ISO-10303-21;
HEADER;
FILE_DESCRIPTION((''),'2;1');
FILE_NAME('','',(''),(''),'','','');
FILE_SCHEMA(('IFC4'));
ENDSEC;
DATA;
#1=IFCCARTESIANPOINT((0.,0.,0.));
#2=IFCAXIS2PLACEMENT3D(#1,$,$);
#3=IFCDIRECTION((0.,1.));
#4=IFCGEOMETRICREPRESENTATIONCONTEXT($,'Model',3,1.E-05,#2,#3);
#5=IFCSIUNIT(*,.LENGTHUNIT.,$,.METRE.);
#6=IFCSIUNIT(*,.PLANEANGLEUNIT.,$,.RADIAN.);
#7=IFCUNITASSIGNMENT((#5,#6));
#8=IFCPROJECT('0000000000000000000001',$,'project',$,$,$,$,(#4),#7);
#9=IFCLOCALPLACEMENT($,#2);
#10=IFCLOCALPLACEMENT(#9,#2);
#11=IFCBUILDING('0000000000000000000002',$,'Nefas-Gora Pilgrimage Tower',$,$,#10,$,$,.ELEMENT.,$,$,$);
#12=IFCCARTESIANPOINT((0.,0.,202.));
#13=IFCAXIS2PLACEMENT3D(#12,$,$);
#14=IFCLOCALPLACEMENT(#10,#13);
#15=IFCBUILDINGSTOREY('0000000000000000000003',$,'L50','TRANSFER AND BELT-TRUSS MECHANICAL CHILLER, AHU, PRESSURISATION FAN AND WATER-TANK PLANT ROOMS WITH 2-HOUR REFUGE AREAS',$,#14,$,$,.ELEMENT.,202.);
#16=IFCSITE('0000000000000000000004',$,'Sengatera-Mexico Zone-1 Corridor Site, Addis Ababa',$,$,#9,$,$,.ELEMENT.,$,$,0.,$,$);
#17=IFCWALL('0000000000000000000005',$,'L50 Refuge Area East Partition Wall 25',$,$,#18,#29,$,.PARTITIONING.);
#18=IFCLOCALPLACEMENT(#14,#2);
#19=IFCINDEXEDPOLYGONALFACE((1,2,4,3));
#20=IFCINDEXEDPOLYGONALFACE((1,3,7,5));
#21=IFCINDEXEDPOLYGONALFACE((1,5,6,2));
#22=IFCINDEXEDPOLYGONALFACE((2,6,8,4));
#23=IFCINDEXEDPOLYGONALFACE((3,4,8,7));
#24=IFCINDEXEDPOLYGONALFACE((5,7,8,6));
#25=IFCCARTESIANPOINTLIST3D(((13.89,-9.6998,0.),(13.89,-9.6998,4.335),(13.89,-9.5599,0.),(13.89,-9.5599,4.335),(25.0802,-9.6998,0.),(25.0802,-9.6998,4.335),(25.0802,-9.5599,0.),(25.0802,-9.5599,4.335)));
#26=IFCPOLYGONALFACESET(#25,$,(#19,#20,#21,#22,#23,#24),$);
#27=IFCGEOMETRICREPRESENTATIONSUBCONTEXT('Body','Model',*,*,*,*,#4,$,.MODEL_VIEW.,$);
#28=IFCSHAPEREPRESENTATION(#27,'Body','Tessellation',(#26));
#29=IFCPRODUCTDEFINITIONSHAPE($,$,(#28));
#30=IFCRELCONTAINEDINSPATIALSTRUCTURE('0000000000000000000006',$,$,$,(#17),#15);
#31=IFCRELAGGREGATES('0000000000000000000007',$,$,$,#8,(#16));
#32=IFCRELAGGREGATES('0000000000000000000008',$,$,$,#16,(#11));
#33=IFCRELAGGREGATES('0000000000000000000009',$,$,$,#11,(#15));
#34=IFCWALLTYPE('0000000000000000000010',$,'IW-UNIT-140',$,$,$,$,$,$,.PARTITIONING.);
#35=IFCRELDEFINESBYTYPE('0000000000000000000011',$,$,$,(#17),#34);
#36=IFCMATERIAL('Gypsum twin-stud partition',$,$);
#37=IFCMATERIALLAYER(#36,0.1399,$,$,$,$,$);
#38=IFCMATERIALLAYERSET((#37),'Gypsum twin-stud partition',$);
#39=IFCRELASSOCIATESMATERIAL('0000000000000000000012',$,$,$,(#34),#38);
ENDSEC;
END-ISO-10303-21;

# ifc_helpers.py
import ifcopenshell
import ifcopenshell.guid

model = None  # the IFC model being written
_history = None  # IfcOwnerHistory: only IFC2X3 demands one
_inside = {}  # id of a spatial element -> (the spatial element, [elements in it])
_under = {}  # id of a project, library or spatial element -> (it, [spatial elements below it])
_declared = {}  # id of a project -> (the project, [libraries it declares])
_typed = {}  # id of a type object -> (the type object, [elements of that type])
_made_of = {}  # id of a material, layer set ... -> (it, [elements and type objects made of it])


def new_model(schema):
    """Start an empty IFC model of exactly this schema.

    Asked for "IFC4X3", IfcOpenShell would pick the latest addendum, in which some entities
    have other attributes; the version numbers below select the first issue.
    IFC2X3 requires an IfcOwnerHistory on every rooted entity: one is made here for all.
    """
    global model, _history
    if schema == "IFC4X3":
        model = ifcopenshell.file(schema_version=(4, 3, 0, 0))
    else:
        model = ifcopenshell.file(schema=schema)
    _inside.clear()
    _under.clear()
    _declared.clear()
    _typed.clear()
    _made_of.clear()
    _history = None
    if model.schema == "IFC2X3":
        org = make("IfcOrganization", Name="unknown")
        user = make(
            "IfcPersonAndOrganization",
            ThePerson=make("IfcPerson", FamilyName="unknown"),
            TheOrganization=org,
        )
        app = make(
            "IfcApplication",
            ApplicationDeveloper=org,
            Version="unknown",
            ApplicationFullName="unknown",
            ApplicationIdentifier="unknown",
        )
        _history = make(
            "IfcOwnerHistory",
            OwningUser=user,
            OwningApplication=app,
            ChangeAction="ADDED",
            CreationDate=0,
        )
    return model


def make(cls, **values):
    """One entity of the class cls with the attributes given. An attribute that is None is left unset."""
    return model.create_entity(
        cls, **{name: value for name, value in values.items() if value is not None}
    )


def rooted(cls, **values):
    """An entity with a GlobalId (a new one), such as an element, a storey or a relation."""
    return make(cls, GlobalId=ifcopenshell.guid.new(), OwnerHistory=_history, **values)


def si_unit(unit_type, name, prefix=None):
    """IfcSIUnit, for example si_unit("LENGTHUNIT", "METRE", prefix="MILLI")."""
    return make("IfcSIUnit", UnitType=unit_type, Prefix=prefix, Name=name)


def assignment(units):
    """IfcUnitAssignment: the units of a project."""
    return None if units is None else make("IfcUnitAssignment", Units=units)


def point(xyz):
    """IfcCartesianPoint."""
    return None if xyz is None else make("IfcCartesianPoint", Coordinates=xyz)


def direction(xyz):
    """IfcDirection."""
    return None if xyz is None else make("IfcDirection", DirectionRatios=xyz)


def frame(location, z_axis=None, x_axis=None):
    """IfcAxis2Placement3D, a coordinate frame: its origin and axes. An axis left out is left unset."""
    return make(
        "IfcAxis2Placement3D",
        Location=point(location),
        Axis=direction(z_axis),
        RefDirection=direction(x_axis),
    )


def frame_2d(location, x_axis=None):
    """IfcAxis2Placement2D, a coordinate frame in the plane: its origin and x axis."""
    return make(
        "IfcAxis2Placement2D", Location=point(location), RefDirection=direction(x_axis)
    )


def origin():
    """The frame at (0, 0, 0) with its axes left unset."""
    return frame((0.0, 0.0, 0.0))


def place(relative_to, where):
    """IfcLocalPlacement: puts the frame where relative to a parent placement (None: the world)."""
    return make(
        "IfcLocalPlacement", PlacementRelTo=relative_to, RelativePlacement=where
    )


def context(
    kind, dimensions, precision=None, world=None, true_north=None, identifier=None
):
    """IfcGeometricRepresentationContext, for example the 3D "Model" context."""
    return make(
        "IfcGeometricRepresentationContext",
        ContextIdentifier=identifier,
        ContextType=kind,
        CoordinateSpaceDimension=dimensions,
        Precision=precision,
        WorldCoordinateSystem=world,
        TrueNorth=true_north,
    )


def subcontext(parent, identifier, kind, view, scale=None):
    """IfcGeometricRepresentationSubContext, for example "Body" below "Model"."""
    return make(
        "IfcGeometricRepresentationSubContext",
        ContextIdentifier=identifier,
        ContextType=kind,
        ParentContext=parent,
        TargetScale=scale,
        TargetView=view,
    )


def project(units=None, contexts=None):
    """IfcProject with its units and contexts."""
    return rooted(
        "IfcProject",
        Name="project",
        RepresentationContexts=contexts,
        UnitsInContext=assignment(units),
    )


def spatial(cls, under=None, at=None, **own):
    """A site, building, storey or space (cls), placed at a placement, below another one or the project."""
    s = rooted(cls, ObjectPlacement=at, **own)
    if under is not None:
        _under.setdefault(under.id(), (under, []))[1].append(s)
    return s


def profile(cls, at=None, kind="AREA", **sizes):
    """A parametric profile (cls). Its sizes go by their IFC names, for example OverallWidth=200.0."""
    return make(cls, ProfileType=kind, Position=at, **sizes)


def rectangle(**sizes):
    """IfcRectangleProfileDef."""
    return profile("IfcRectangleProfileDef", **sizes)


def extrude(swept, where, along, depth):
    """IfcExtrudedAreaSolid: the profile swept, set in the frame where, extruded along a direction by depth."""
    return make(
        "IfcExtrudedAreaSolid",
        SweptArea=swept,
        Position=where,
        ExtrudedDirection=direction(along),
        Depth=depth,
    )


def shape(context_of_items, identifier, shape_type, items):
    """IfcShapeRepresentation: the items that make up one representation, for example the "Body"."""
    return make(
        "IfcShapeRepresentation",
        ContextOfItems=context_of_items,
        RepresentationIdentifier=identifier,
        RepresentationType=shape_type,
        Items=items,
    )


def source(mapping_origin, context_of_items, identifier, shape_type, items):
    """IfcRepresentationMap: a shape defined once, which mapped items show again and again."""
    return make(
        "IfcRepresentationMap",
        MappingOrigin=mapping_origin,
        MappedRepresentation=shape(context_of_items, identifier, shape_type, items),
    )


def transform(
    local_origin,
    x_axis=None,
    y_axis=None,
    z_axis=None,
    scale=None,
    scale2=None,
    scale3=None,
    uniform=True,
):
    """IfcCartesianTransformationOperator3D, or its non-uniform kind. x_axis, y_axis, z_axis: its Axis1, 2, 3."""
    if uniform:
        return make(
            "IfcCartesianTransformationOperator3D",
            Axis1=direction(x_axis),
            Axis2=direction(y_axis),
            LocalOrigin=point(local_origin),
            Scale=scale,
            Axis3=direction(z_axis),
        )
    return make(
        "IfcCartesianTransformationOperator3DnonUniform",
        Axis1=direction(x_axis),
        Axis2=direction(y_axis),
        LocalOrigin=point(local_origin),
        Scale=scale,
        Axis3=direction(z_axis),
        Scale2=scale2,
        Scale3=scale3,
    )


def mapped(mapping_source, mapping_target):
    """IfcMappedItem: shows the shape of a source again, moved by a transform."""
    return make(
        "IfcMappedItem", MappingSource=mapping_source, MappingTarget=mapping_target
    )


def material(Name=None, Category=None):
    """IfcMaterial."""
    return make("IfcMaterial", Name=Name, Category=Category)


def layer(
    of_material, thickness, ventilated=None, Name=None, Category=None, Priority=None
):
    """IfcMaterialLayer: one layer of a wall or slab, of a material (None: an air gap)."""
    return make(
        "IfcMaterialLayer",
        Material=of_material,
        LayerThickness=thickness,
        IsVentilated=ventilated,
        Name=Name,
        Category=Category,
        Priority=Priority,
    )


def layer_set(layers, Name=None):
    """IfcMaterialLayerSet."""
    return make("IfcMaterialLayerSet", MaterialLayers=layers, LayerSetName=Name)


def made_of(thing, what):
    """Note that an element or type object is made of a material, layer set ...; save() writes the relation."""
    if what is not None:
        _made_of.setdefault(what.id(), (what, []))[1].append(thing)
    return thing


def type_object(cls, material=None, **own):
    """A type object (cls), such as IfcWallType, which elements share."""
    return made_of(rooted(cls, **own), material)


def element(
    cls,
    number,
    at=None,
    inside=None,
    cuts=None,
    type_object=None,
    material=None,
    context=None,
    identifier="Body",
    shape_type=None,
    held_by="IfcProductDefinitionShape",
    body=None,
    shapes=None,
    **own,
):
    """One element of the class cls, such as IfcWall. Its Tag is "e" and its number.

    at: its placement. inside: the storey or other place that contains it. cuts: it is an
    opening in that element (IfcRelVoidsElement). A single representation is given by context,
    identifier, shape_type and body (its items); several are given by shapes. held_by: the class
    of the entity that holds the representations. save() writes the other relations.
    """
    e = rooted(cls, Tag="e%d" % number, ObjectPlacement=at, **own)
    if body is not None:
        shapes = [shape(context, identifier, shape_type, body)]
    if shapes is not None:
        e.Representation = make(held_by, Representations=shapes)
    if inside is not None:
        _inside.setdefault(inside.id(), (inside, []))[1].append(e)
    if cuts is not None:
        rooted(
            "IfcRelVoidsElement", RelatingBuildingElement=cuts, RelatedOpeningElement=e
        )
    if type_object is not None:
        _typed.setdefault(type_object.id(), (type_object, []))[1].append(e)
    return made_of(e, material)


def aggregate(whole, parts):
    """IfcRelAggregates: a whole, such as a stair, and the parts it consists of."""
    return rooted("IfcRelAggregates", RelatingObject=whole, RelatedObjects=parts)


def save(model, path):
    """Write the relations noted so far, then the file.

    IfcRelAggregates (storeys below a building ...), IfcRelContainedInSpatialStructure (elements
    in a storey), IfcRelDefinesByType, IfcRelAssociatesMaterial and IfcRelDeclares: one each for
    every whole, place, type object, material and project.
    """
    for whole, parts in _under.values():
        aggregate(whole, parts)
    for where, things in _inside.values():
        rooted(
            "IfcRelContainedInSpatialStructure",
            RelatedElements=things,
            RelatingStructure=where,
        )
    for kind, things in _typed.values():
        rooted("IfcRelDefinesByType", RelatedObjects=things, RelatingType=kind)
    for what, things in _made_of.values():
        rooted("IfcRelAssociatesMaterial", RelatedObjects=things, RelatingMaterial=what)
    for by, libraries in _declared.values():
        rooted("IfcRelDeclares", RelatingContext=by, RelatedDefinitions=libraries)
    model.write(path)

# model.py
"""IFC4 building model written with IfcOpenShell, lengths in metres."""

from ifc_helpers import new_model, si_unit, direction, frame, frame_2d, origin, place, context, subcontext, project, spatial, rectangle, extrude, source, transform, mapped, material, layer, layer_set, type_object, element, save


model = new_model("IFC4")

# Units and contexts
model_context = context("Model", 3, precision=1e-05, world=origin(), true_north=direction((0.0, 1.0)))
body_context = subcontext(model_context, "Body", "Model", "MODEL_VIEW")
ifc_project = project(units=[si_unit("LENGTHUNIT", "METRE"), si_unit("PLANEANGLEUNIT", "RADIAN")], contexts=[model_context])

# Site, building, storey
site_placement = place(None, origin())
site = spatial("IfcSite", under=ifc_project, at=site_placement, Name="Sengatera-Mexico Zone-1 Corridor Site, Addis Ababa", CompositionType="ELEMENT", RefElevation=0.0)
building_placement = place(site_placement, origin())
building = spatial("IfcBuilding", under=site, at=building_placement, Name="Nefas-Gora Pilgrimage Tower", CompositionType="ELEMENT")
storey_placement = place(building_placement, frame((0.0, 0.0, 202.0)))
storey = spatial("IfcBuildingStorey", under=building, at=storey_placement, Name="L50", Description="TRANSFER AND BELT-TRUSS MECHANICAL CHILLER, AHU, PRESSURISATION FAN AND WATER-TANK PLANT ROOMS WITH 2-HOUR REFUGE AREAS", CompositionType="ELEMENT", Elevation=202.0)

# Wall
ifc_material_1 = material(Name="Gypsum twin-stud partition")
ifc_layer_1 = layer(ifc_material_1, 0.1399)
ifc_layer_set_1 = layer_set([ifc_layer_1], Name="Gypsum twin-stud partition")
wall_type_1 = type_object("IfcWallType", Name="IW-UNIT-140", PredefinedType="PARTITIONING", material=ifc_layer_set_1)
shared_shape_1 = source(origin(), body_context, "Body", "SweptSolid", [
    extrude(rectangle(XDim=11.1902, YDim=0.1399, at=frame_2d((5.5952, 0.0))), origin(), (0.0, 0.0, 1.0), 4.335),
])
wall_1_placement = place(storey_placement, frame((13.8899, -9.6299, 0.0), z_axis=(0.0, 0.0, 1.0), x_axis=(1.0, 0.0, 0.0)))
element("IfcWall", 1, at=wall_1_placement, inside=storey, type_object=wall_type_1, Name="L50 Refuge Area East Partition Wall 25", PredefinedType="PARTITIONING", context=body_context, shape_type="MappedRepresentation", body=[
    mapped(shared_shape_1, transform((0.0, 0.0, 0.0), x_axis=(1.0, 0.0, 0.0), y_axis=(0.0, 1.0, 0.0), z_axis=(0.0, 0.0, 1.0), scale=1.0)),
])

save(model, "model.ifc")
